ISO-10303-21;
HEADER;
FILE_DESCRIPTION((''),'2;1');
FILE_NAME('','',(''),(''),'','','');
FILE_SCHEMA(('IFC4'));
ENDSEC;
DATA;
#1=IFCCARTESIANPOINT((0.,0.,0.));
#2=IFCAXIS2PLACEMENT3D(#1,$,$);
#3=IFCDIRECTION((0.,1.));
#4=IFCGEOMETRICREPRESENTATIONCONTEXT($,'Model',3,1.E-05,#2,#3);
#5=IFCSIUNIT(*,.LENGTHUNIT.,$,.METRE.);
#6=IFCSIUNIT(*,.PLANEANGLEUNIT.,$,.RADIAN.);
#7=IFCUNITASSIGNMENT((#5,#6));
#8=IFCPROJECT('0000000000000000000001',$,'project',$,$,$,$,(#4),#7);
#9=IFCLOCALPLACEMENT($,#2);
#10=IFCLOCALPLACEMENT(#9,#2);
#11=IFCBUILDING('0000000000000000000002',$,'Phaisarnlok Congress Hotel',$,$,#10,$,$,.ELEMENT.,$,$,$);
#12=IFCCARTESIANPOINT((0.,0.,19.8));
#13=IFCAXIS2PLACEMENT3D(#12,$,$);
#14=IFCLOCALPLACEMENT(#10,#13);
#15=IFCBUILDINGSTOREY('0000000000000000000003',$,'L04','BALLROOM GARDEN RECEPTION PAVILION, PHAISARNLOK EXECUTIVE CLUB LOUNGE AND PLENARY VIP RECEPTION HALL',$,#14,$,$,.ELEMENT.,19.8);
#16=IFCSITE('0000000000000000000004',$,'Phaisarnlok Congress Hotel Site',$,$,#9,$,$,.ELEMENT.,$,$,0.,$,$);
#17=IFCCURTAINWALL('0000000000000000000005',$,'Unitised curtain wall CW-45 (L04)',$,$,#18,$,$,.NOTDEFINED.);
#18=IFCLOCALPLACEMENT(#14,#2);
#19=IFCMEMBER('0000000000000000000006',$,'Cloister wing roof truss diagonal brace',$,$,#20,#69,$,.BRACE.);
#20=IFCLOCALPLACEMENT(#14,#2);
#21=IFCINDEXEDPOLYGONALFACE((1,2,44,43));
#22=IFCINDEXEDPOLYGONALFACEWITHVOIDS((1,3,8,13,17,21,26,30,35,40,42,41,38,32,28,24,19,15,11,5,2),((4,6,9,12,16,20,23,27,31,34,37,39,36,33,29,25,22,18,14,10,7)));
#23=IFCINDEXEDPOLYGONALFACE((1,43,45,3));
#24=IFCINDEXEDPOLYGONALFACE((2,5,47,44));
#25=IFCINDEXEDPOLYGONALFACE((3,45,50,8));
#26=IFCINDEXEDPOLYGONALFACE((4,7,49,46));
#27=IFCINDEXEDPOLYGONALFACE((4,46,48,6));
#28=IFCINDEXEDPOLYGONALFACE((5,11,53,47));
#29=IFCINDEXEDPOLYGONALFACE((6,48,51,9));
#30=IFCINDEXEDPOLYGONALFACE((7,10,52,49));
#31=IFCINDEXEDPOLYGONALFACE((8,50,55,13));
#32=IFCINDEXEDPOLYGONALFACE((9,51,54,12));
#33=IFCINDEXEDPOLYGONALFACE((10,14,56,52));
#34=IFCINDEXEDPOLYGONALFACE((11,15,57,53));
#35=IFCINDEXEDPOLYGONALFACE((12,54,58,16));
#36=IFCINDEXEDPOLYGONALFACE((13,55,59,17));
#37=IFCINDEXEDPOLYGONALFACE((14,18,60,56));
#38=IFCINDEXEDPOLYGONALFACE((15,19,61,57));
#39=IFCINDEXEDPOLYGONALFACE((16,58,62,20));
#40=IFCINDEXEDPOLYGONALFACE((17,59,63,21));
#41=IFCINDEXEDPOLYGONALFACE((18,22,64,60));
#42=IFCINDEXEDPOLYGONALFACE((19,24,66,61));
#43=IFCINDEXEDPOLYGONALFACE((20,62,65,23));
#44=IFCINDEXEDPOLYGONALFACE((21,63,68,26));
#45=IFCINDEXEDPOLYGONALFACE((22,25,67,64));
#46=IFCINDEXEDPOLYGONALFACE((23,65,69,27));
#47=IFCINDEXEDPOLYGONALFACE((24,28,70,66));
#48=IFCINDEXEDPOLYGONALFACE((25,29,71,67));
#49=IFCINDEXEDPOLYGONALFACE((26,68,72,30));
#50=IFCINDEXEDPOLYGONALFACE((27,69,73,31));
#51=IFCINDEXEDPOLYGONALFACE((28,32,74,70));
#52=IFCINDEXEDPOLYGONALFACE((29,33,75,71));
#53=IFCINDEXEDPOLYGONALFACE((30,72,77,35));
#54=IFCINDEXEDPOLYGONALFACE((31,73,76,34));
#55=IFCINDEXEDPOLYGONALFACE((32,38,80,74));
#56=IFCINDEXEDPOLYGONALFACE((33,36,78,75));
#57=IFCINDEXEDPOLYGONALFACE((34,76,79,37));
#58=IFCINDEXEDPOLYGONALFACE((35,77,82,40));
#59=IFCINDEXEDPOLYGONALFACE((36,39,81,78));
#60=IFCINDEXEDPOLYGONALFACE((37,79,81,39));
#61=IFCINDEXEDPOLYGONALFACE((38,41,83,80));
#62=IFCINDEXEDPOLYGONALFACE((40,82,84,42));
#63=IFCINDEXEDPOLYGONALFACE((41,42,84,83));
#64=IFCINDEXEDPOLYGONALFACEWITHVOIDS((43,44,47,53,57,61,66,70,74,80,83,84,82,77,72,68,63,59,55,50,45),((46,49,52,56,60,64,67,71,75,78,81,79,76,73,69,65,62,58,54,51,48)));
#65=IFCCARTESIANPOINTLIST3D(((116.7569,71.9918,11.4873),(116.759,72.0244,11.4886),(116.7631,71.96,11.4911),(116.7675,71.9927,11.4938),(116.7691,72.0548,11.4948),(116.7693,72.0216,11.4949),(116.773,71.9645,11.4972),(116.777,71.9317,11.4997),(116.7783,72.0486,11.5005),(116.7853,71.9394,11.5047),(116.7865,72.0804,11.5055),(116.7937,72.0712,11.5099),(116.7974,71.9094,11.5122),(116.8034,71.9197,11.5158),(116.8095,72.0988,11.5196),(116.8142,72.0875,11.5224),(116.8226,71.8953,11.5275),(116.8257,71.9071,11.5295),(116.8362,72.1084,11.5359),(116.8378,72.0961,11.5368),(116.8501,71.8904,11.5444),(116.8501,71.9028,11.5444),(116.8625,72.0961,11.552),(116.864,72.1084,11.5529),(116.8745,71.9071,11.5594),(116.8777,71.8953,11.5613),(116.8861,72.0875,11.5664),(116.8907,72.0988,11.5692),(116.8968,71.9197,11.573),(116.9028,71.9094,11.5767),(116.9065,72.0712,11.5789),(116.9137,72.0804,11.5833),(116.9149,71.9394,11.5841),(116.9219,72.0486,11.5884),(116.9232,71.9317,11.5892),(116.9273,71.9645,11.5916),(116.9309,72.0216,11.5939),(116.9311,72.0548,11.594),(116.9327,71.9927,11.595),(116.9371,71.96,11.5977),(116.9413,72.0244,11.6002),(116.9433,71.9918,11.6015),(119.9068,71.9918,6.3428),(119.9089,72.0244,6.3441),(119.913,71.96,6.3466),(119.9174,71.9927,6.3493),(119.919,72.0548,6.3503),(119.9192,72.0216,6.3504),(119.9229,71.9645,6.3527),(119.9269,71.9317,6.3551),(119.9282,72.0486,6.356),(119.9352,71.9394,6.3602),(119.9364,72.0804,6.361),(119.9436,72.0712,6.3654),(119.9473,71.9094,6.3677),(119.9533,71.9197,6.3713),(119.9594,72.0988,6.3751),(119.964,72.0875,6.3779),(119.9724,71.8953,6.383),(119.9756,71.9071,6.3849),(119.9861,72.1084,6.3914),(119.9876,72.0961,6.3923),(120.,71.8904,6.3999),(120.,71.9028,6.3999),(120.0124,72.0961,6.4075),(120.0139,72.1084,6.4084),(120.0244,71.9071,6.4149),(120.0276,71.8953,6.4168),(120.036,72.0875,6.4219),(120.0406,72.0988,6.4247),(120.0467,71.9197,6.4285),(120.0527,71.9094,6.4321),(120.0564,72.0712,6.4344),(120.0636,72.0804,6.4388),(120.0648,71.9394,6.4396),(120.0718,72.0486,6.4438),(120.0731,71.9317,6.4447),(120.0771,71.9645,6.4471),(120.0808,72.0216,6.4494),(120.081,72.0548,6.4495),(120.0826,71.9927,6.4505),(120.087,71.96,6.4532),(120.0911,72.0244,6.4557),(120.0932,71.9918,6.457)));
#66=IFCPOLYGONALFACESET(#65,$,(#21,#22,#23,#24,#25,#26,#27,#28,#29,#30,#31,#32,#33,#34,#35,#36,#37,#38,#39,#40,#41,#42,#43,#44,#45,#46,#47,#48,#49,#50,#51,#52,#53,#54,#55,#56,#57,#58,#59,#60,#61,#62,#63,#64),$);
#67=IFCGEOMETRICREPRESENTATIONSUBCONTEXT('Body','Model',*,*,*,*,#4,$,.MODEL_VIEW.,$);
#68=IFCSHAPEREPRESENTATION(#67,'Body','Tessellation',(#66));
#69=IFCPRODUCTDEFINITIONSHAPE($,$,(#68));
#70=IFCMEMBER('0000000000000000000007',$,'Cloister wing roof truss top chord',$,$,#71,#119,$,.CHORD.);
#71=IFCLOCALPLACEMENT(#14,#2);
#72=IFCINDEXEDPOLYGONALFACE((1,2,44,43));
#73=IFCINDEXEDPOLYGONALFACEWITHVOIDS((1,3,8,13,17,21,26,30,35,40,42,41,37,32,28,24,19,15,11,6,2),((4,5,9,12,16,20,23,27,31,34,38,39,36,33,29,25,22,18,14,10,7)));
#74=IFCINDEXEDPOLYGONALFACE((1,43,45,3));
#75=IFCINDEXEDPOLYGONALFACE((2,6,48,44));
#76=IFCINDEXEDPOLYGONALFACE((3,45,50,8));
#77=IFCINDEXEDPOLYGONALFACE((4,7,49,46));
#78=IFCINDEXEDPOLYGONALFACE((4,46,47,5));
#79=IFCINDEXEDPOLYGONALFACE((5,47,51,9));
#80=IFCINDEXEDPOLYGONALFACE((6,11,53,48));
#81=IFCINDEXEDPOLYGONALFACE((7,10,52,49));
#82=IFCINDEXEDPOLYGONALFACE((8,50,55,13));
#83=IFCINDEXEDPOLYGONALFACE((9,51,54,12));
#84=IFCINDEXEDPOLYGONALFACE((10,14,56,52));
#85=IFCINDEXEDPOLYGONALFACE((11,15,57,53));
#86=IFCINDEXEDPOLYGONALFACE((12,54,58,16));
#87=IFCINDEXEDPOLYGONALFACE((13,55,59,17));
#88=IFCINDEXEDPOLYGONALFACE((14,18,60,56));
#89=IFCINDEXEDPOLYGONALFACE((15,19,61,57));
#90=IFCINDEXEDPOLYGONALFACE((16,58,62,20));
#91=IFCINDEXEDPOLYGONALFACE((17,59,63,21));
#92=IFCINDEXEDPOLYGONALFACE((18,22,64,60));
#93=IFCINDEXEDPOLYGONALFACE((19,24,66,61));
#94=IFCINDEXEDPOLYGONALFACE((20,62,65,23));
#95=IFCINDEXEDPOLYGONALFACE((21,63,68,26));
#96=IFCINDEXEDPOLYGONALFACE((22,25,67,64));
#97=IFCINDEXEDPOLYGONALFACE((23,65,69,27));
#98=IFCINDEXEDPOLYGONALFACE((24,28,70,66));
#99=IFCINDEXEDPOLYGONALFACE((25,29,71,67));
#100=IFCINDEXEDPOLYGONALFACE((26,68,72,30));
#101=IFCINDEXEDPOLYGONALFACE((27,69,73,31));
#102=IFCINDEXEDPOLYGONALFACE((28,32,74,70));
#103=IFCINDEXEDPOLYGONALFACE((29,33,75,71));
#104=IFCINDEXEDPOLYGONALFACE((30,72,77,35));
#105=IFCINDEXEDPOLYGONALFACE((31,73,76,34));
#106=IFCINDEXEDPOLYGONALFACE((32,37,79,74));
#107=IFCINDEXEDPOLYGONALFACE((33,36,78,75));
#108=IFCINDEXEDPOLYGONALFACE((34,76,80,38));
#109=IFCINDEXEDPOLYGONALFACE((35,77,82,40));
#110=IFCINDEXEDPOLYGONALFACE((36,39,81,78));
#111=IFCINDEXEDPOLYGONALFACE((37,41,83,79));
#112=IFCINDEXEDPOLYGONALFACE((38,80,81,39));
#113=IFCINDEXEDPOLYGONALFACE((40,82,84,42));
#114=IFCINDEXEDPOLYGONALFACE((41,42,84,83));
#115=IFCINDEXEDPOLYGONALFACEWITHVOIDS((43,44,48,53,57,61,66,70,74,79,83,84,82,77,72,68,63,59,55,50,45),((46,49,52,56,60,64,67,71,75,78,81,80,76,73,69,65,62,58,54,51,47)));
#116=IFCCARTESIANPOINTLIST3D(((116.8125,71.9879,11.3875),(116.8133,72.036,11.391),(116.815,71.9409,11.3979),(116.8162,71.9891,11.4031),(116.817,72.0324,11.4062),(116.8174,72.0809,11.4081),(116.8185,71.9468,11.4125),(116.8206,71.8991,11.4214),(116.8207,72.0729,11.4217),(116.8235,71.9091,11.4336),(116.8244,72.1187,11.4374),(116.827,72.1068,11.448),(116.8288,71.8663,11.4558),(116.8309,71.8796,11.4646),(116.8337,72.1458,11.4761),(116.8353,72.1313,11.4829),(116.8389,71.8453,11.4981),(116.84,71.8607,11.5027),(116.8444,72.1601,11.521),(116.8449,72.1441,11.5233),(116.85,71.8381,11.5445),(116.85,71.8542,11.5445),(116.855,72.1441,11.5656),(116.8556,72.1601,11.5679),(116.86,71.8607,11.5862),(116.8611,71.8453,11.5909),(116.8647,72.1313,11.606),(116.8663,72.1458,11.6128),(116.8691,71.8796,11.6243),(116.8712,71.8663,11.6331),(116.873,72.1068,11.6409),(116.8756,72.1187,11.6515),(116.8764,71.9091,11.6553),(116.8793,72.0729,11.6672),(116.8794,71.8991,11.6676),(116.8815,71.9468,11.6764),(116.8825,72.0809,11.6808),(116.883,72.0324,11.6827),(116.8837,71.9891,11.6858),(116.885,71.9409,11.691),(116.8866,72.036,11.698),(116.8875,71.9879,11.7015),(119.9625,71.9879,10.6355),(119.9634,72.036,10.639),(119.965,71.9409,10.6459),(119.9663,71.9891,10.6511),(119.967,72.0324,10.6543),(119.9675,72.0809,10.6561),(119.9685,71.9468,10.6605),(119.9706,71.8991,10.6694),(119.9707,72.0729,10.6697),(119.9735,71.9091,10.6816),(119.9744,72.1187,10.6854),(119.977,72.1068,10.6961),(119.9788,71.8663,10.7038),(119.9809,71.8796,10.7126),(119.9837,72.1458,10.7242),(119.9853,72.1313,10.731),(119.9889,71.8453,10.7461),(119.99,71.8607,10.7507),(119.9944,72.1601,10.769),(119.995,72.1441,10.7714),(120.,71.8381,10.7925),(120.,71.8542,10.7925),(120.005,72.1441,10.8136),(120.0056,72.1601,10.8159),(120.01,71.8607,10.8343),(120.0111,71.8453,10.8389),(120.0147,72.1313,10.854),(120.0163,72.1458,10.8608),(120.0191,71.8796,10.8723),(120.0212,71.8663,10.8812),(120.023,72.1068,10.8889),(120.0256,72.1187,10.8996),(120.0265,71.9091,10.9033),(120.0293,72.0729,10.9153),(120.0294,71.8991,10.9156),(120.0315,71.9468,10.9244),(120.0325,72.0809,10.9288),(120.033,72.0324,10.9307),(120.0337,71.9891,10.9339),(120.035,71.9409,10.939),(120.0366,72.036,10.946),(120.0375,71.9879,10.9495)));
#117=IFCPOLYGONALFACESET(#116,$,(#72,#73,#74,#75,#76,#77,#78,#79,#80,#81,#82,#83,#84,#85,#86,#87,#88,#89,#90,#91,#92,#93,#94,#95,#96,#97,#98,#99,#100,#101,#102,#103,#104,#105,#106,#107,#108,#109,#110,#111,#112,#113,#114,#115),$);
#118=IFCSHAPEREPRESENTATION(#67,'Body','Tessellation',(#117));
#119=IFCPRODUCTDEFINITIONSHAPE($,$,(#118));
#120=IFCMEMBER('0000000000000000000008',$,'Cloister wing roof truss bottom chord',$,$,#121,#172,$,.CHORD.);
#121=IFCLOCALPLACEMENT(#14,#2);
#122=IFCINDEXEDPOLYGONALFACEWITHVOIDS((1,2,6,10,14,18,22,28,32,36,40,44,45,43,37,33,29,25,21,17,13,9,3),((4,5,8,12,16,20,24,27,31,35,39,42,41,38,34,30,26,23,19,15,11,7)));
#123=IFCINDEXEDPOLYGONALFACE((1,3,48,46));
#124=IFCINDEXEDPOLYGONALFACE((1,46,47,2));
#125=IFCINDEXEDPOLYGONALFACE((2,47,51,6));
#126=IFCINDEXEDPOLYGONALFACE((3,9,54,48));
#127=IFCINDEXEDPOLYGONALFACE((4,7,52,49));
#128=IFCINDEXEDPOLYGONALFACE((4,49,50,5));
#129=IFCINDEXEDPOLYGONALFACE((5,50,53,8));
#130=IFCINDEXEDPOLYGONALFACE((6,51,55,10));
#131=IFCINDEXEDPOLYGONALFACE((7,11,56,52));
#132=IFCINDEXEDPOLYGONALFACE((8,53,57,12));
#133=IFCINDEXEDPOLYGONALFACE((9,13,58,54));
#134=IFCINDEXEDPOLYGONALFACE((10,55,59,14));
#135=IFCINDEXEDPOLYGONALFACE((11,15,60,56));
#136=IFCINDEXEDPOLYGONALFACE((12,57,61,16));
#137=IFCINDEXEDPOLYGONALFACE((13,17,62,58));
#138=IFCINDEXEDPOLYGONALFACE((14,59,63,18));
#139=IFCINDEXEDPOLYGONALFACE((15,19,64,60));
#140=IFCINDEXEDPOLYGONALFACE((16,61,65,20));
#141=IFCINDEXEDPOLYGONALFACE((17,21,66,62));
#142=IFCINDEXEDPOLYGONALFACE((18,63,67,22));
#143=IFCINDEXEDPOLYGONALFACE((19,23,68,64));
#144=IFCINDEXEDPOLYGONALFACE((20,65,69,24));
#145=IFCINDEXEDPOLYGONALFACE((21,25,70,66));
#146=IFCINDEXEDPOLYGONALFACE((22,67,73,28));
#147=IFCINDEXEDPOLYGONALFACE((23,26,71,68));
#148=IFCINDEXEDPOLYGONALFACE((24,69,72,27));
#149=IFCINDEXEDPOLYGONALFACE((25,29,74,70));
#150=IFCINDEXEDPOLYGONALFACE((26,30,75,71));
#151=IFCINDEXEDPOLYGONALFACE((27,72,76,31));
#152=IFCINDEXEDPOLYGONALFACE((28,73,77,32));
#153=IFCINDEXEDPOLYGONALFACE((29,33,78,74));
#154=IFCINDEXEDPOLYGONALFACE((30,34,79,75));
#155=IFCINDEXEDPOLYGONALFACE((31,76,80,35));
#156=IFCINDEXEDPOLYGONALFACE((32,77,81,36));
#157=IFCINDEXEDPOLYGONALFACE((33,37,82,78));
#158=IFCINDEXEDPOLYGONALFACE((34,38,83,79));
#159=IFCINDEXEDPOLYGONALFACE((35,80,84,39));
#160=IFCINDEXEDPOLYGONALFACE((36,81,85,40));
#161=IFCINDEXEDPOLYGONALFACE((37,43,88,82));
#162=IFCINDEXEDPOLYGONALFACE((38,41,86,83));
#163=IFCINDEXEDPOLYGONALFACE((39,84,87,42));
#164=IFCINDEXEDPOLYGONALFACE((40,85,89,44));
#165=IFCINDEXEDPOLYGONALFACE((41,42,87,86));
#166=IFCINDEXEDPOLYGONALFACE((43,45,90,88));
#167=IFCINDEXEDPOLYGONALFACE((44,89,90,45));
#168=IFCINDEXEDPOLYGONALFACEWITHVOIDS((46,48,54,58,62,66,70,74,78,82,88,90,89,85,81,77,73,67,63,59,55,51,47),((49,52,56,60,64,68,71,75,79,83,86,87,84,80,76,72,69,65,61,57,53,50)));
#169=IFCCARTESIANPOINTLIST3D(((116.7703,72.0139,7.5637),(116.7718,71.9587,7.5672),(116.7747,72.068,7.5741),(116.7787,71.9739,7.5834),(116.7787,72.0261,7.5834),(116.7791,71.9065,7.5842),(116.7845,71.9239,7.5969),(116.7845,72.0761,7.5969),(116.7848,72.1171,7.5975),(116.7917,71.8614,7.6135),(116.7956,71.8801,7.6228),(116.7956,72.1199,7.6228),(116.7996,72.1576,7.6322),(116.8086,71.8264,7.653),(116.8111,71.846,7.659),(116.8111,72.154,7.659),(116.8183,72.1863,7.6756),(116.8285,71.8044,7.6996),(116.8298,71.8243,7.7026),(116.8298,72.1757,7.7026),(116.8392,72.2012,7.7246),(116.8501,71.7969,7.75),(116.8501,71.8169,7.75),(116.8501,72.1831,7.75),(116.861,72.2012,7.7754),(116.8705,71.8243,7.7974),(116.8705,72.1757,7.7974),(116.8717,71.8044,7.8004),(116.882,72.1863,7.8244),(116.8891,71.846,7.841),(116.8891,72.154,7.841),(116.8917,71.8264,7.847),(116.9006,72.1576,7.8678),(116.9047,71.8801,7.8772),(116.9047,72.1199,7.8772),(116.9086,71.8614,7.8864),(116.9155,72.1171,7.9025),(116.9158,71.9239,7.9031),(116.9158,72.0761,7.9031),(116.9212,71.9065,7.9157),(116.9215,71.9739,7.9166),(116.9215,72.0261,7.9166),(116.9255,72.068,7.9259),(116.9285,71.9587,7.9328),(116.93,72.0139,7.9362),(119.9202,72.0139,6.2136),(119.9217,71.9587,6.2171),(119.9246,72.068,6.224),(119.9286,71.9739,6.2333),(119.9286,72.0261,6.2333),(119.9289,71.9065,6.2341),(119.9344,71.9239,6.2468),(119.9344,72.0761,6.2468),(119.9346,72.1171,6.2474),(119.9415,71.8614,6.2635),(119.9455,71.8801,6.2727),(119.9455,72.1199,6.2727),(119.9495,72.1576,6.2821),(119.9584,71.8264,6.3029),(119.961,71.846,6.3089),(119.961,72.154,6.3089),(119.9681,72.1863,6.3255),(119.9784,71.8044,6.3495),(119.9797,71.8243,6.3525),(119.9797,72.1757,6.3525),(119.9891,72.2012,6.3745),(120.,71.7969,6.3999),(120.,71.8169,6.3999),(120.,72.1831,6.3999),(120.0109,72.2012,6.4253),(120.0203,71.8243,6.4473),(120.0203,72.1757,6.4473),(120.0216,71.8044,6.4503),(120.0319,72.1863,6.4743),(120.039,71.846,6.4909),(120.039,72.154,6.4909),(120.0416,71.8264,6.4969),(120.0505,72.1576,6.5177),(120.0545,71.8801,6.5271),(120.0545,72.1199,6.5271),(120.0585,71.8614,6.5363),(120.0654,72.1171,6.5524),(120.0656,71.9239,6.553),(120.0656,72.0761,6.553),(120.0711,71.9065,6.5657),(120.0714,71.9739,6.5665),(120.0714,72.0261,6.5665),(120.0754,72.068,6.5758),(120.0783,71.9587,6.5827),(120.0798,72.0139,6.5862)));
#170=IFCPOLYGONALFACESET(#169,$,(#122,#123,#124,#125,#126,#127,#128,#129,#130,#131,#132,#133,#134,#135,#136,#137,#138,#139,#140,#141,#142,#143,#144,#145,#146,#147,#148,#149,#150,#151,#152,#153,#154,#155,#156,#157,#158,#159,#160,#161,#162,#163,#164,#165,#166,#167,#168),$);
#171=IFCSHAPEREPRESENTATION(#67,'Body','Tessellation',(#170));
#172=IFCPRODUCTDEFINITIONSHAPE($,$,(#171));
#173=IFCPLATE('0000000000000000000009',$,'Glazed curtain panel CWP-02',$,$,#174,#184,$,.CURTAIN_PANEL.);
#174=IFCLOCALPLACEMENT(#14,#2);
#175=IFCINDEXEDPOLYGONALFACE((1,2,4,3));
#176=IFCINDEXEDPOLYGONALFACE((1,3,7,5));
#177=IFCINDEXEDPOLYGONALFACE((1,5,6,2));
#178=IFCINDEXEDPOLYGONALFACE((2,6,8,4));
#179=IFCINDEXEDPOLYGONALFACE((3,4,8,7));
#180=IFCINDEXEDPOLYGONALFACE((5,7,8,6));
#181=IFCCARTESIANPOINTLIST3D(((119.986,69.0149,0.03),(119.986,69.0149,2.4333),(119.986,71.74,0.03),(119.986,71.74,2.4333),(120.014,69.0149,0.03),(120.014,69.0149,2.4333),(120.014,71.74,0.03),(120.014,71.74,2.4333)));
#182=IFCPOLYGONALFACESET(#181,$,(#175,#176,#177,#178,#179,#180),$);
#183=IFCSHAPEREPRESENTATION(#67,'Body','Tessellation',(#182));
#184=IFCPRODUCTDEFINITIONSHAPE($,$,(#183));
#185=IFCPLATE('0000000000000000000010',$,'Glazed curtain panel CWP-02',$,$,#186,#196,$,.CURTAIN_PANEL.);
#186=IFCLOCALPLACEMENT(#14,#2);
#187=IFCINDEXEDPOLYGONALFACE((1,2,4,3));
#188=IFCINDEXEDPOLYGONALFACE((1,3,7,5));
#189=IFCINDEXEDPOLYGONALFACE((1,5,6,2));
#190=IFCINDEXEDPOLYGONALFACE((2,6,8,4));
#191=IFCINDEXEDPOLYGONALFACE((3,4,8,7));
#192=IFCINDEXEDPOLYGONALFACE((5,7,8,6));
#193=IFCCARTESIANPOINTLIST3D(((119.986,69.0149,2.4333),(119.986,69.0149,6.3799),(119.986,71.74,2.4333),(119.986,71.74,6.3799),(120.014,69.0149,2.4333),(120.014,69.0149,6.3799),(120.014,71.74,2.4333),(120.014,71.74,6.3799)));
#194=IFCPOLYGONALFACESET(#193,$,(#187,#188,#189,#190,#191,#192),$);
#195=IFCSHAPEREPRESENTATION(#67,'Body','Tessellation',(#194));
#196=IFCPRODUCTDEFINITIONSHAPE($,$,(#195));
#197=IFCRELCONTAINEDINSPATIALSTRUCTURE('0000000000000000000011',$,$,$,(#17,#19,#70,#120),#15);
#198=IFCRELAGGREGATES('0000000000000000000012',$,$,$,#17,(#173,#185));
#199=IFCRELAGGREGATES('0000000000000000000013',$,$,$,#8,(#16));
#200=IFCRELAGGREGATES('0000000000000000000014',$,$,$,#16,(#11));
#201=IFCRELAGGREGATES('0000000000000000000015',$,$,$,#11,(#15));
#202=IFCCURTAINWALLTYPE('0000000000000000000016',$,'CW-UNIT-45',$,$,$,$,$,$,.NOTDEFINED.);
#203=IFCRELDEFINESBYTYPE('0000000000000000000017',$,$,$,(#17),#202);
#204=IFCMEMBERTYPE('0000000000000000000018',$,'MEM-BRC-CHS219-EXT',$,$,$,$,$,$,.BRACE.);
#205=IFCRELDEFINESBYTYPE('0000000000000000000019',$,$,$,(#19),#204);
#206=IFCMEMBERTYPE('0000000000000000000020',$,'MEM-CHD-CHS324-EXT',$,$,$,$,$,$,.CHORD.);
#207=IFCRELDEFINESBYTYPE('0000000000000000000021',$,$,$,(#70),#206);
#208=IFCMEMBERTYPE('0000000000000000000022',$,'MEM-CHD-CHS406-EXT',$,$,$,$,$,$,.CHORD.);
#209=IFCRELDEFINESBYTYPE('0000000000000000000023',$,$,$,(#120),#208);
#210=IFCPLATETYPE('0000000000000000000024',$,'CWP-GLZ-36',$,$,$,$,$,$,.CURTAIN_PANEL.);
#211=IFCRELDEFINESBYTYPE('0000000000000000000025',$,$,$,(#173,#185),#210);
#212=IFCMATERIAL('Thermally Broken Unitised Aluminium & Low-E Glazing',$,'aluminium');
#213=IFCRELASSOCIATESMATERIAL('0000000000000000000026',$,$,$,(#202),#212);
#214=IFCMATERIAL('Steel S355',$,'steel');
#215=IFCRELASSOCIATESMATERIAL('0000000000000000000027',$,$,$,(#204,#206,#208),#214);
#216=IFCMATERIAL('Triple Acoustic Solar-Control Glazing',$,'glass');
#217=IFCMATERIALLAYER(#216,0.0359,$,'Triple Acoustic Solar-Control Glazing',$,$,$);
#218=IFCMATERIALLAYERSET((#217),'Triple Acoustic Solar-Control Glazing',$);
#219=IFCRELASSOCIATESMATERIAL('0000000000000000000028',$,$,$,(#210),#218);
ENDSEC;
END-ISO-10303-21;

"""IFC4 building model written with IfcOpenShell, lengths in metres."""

from ifc_helpers import new_model, si_unit, direction, frame, frame_2d, origin, origin_2d, place, context, subcontext, project, spatial, rectangle, hollow_circle, extrude, material, layer, layer_set, material_profile, profile_set, type_object, element, aggregate, save


model = new_model("IFC4")

# Units and contexts
model_context = context("Model", 3, precision=1e-05, world=origin(), true_north=direction((0.0, 1.0)))
body_context = subcontext(model_context, "Body", "Model", "MODEL_VIEW")
ifc_project = project(units=[si_unit("LENGTHUNIT", "METRE"), si_unit("PLANEANGLEUNIT", "RADIAN")], contexts=[model_context])

# Site, building, storey
site_placement = place(None, origin())
site = spatial("IfcSite", under=ifc_project, at=site_placement, Name="Phaisarnlok Congress Hotel Site", CompositionType="ELEMENT", RefElevation=0.0)
building_placement = place(site_placement, origin())
building = spatial("IfcBuilding", under=site, at=building_placement, Name="Phaisarnlok Congress Hotel", CompositionType="ELEMENT")
storey_placement = place(building_placement, frame((0.0, 0.0, 19.8)))
storey = spatial("IfcBuildingStorey", under=building, at=storey_placement, Name="L04", Description="BALLROOM GARDEN RECEPTION PAVILION, PHAISARNLOK EXECUTIVE CLUB LOUNGE AND PLENARY VIP RECEPTION HALL", CompositionType="ELEMENT", Elevation=19.8)

# Shared definitions
ifc_material_1 = material(Name="Steel S355", Category="steel")

# Curtain wall
ifc_material_2 = material(Name="Thermally Broken Unitised Aluminium & Low-E Glazing", Category="aluminium")
curtain_wall_type = type_object("IfcCurtainWallType", Name="CW-UNIT-45", PredefinedType="NOTDEFINED", material=ifc_material_2)
curtain_wall_placement = place(storey_placement, origin())
curtain_wall = element("IfcCurtainWall", 1, at=curtain_wall_placement, inside=storey, type_object=curtain_wall_type, Name="Unitised curtain wall CW-45 (L04)", PredefinedType="NOTDEFINED")

# Members
ifc_material_profile_1 = material_profile(ifc_material_1, hollow_circle(Radius=0.1096, WallThickness=0.0125, at=origin_2d()), Name="CHS 219.1x12.5")
ifc_profile_set_1 = profile_set([ifc_material_profile_1], Name="Steel S355")
member_type_1 = type_object("IfcMemberType", Name="MEM-BRC-CHS219-EXT", PredefinedType="BRACE", material=ifc_profile_set_1)
member_1_placement = place(storey_placement, frame((120.0, 72.0, 6.3999), z_axis=(-0.522177, 0.0, 0.852837), x_axis=(0.0, -1.0, 0.0)))
element("IfcMember", 2, at=member_1_placement, inside=storey, type_object=member_type_1, Name="Cloister wing roof truss diagonal brace", PredefinedType="BRACE", context=body_context, shape_type="SweptSolid", body=[
    extrude(hollow_circle(Radius=0.1096, WallThickness=0.0125, at=origin_2d()), origin(), (0.0, 0.0, 1.0), 6.0322),
])
ifc_material_profile_2 = material_profile(ifc_material_1, hollow_circle(Radius=0.1619, WallThickness=0.0161, at=origin_2d()), Name="CHS 323.9x16")
ifc_profile_set_2 = profile_set([ifc_material_profile_2], Name="Steel S355")
member_type_2 = type_object("IfcMemberType", Name="MEM-CHD-CHS324-EXT", PredefinedType="CHORD", material=ifc_profile_set_2)
member_2_placement = place(storey_placement, frame((120.0, 72.0, 10.7925), z_axis=(-0.972669, 0.0, 0.232198), x_axis=(0.0, -1.0, 0.0)))
element("IfcMember", 3, at=member_2_placement, inside=storey, type_object=member_type_2, Name="Cloister wing roof truss top chord", PredefinedType="CHORD", context=body_context, shape_type="SweptSolid", body=[
    extrude(hollow_circle(Radius=0.1619, WallThickness=0.0161, at=origin_2d()), origin(), (0.0, 0.0, 1.0), 3.2385),
])
ifc_material_profile_3 = material_profile(ifc_material_1, hollow_circle(Radius=0.2031, WallThickness=0.02, at=origin_2d()), Name="CHS 406.4x20")
ifc_profile_set_3 = profile_set([ifc_material_profile_3], Name="Steel S355")
member_type_3 = type_object("IfcMemberType", Name="MEM-CHD-CHS406-EXT", PredefinedType="CHORD", material=ifc_profile_set_3)
member_3_placement = place(storey_placement, frame((120.0, 72.0, 6.3999), z_axis=(-0.91913, 0.0, 0.393954), x_axis=(0.0, -1.0, 0.0)))
element("IfcMember", 4, at=member_3_placement, inside=storey, type_object=member_type_3, Name="Cloister wing roof truss bottom chord", PredefinedType="CHORD", context=body_context, shape_type="SweptSolid", body=[
    extrude(hollow_circle(Radius=0.2031, WallThickness=0.02, at=origin_2d()), origin(), (0.0, 0.0, 1.0), 3.427),
])

# Plates
ifc_material_3 = material(Name="Triple Acoustic Solar-Control Glazing", Category="glass")
ifc_layer_1 = layer(ifc_material_3, 0.0359, Name="Triple Acoustic Solar-Control Glazing")
ifc_layer_set_1 = layer_set([ifc_layer_1], Name="Triple Acoustic Solar-Control Glazing")
plate_type_1 = type_object("IfcPlateType", Name="CWP-GLZ-36", PredefinedType="CURTAIN_PANEL", material=ifc_layer_set_1)
plate_1_placement = place(storey_placement, frame((120.0, 71.74, 0.03), z_axis=(0.0, 0.0, 1.0), x_axis=(0.0, -1.0, 0.0)))
plate_1 = element("IfcPlate", 5, at=plate_1_placement, type_object=plate_type_1, Name="Glazed curtain panel CWP-02", PredefinedType="CURTAIN_PANEL", context=body_context, shape_type="SweptSolid", body=[
    extrude(rectangle(XDim=2.7251, YDim=0.0281, at=frame_2d((1.3625, 0.0))), origin(), (0.0, 0.0, 1.0), 2.4033),
])
plate_2_placement = place(storey_placement, frame((120.0, 71.74, 2.4333), z_axis=(0.0, 0.0, 1.0), x_axis=(0.0, -1.0, 0.0)))
plate_2 = element("IfcPlate", 6, at=plate_2_placement, type_object=plate_type_1, Name="Glazed curtain panel CWP-02", PredefinedType="CURTAIN_PANEL", context=body_context, shape_type="SweptSolid", body=[
    extrude(rectangle(XDim=2.7251, YDim=0.0281, at=frame_2d((1.3625, 0.0))), origin(), (0.0, 0.0, 1.0), 3.9465),
])
aggregate(curtain_wall, [plate_1, plate_2])

save(model, "model.ifc")
